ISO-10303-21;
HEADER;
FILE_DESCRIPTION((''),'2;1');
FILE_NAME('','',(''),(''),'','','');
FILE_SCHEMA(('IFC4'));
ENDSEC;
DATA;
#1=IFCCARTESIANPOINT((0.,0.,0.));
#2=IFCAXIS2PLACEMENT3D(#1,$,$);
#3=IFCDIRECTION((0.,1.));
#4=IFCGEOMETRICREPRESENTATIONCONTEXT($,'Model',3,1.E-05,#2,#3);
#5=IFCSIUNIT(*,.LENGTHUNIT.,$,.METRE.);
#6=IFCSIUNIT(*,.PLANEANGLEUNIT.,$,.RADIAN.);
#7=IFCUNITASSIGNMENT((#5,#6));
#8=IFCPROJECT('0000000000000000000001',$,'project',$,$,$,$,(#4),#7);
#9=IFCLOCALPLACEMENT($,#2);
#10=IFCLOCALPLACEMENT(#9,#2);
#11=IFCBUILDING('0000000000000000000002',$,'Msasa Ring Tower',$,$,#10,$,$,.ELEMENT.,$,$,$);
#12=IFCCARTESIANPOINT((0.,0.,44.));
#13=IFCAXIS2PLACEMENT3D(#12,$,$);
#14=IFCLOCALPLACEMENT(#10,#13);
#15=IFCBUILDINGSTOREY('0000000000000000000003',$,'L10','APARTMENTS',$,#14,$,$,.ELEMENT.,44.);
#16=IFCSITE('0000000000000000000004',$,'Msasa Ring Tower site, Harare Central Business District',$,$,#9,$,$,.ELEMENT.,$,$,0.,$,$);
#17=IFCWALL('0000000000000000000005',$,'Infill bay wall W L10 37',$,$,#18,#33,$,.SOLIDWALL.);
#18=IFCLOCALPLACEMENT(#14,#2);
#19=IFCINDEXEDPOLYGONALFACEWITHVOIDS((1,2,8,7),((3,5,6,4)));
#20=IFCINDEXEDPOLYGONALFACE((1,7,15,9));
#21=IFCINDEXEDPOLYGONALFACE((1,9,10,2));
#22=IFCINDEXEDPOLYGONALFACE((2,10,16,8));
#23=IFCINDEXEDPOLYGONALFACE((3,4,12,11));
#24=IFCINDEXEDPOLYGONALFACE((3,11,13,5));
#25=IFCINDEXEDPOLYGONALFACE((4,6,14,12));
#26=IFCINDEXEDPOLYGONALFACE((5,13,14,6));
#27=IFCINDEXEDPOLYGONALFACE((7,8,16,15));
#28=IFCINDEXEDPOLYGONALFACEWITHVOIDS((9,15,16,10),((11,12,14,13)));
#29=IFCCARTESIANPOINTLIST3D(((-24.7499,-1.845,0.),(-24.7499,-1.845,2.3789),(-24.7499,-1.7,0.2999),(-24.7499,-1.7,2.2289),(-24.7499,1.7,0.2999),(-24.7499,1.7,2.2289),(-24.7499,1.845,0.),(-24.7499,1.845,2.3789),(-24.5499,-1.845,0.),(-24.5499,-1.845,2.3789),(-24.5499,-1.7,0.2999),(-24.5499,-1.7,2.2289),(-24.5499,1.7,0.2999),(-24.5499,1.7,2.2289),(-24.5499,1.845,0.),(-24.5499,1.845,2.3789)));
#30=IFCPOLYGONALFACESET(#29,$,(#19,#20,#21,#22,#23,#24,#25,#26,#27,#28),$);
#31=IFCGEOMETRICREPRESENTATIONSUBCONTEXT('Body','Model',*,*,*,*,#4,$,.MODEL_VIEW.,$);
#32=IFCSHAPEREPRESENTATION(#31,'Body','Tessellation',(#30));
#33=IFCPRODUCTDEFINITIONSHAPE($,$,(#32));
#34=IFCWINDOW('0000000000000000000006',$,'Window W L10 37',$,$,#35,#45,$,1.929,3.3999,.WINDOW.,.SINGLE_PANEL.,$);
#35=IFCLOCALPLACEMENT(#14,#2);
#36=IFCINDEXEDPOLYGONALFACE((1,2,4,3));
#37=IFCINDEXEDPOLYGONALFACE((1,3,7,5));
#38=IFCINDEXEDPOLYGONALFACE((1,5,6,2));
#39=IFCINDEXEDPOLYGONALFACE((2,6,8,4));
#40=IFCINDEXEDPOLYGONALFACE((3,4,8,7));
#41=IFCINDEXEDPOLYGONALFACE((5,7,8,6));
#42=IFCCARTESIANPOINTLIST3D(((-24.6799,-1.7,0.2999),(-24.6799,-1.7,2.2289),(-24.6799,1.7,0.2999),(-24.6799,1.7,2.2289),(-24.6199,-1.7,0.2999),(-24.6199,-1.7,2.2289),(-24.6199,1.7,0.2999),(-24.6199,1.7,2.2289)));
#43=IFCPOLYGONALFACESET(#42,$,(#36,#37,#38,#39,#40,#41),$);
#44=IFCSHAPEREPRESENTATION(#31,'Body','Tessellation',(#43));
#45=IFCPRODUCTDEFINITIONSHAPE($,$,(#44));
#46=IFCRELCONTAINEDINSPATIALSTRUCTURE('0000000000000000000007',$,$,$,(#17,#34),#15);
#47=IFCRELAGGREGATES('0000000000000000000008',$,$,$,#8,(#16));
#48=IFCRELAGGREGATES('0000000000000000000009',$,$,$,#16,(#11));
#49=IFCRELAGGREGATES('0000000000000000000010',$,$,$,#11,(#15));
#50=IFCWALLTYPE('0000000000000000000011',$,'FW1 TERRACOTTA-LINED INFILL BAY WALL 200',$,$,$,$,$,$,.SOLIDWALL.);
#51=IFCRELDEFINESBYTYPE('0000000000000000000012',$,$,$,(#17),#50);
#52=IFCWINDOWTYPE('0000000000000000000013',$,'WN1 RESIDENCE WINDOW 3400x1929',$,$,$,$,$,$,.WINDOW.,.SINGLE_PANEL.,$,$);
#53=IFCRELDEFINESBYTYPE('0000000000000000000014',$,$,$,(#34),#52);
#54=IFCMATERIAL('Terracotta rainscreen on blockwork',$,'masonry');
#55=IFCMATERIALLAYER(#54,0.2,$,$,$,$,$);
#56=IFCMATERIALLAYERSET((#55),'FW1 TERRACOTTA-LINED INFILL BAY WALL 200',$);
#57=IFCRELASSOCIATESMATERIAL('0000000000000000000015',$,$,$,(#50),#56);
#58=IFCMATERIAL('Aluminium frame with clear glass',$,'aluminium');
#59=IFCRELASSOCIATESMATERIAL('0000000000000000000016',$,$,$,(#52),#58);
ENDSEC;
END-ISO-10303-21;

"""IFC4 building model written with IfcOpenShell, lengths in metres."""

from ifc_helpers import new_model, si_unit, direction, frame, frame_2d, origin, place, context, subcontext, project, spatial, rectangle, extrude, material, layer, layer_set, type_object, element, fill, save


model = new_model("IFC4")

# Units and contexts
model_context = context("Model", 3, precision=1e-05, world=origin(), true_north=direction((0.0, 1.0)))
body_context = subcontext(model_context, "Body", "Model", "MODEL_VIEW")
ifc_project = project(units=[si_unit("LENGTHUNIT", "METRE"), si_unit("PLANEANGLEUNIT", "RADIAN")], contexts=[model_context])

# Site, building, storey
site_placement = place(None, origin())
site = spatial("IfcSite", under=ifc_project, at=site_placement, Name="Msasa Ring Tower site, Harare Central Business District", CompositionType="ELEMENT", RefElevation=0.0)
building_placement = place(site_placement, origin())
building = spatial("IfcBuilding", under=site, at=building_placement, Name="Msasa Ring Tower", CompositionType="ELEMENT")
storey_placement = place(building_placement, frame((0.0, 0.0, 44.0)))
storey = spatial("IfcBuildingStorey", under=building, at=storey_placement, Name="L10", Description="APARTMENTS", CompositionType="ELEMENT", Elevation=44.0)

# Wall, opening, window
ifc_material_1 = material(Name="Terracotta rainscreen on blockwork", Category="masonry")
ifc_layer_1 = layer(ifc_material_1, 0.2)
ifc_layer_set_1 = layer_set([ifc_layer_1], Name="FW1 TERRACOTTA-LINED INFILL BAY WALL 200")
wall_type_1 = type_object("IfcWallType", Name="FW1 TERRACOTTA-LINED INFILL BAY WALL 200", PredefinedType="SOLIDWALL", material=ifc_layer_set_1)
ifc_material_2 = material(Name="Aluminium frame with clear glass", Category="aluminium")
window_type = type_object("IfcWindowType", Name="WN1 RESIDENCE WINDOW 3400x1929", PartitioningType="SINGLE_PANEL", PredefinedType="WINDOW", material=ifc_material_2)
wall_1_placement = place(storey_placement, frame((-24.6499, -1.845, 0.0), z_axis=(0.0, 0.0, 1.0), x_axis=(0.0, 1.0, 0.0)))
wall_1 = element("IfcWall", 1, at=wall_1_placement, inside=storey, type_object=wall_type_1, Name="Infill bay wall W L10 37", PredefinedType="SOLIDWALL", context=body_context, shape_type="SweptSolid", body=[
    extrude(rectangle(XDim=3.6899, YDim=0.2, at=frame_2d((1.845, 0.0))), origin(), (0.0, 0.0, 1.0), 2.3789),
])
opening_1_placement = place(wall_1_placement, frame((0.145, 0.0, 0.3)))
opening_1 = element("IfcOpeningElement", 2, at=opening_1_placement, cuts=wall_1, PredefinedType="OPENING", context=body_context, shape_type="SweptSolid", body=[
    extrude(rectangle(XDim=3.3999, YDim=1.929, at=frame_2d((1.7, 0.9644))), frame((0.0, 0.1099, 0.0), z_axis=(0.0, -1.0, 0.0), x_axis=(1.0, 0.0, 0.0)), (0.0, 0.0, 1.0), 0.22),
])
window_1_placement = place(opening_1_placement, origin())
window_1 = element("IfcWindow", 3, at=window_1_placement, inside=storey, type_object=window_type, Name="Window W L10 37", OverallHeight=1.929, OverallWidth=3.3999, PartitioningType="SINGLE_PANEL", PredefinedType="WINDOW", context=body_context, shape_type="SweptSolid", body=[
    extrude(rectangle(XDim=3.3999, YDim=1.929, at=frame_2d((1.7, 0.9644))), frame((0.0, 0.03, 0.0), z_axis=(0.0, -1.0, 0.0), x_axis=(1.0, 0.0, 0.0)), (0.0, 0.0, 1.0), 0.0601),
])
fill(opening_1, window_1)

save(model, "model.ifc")
